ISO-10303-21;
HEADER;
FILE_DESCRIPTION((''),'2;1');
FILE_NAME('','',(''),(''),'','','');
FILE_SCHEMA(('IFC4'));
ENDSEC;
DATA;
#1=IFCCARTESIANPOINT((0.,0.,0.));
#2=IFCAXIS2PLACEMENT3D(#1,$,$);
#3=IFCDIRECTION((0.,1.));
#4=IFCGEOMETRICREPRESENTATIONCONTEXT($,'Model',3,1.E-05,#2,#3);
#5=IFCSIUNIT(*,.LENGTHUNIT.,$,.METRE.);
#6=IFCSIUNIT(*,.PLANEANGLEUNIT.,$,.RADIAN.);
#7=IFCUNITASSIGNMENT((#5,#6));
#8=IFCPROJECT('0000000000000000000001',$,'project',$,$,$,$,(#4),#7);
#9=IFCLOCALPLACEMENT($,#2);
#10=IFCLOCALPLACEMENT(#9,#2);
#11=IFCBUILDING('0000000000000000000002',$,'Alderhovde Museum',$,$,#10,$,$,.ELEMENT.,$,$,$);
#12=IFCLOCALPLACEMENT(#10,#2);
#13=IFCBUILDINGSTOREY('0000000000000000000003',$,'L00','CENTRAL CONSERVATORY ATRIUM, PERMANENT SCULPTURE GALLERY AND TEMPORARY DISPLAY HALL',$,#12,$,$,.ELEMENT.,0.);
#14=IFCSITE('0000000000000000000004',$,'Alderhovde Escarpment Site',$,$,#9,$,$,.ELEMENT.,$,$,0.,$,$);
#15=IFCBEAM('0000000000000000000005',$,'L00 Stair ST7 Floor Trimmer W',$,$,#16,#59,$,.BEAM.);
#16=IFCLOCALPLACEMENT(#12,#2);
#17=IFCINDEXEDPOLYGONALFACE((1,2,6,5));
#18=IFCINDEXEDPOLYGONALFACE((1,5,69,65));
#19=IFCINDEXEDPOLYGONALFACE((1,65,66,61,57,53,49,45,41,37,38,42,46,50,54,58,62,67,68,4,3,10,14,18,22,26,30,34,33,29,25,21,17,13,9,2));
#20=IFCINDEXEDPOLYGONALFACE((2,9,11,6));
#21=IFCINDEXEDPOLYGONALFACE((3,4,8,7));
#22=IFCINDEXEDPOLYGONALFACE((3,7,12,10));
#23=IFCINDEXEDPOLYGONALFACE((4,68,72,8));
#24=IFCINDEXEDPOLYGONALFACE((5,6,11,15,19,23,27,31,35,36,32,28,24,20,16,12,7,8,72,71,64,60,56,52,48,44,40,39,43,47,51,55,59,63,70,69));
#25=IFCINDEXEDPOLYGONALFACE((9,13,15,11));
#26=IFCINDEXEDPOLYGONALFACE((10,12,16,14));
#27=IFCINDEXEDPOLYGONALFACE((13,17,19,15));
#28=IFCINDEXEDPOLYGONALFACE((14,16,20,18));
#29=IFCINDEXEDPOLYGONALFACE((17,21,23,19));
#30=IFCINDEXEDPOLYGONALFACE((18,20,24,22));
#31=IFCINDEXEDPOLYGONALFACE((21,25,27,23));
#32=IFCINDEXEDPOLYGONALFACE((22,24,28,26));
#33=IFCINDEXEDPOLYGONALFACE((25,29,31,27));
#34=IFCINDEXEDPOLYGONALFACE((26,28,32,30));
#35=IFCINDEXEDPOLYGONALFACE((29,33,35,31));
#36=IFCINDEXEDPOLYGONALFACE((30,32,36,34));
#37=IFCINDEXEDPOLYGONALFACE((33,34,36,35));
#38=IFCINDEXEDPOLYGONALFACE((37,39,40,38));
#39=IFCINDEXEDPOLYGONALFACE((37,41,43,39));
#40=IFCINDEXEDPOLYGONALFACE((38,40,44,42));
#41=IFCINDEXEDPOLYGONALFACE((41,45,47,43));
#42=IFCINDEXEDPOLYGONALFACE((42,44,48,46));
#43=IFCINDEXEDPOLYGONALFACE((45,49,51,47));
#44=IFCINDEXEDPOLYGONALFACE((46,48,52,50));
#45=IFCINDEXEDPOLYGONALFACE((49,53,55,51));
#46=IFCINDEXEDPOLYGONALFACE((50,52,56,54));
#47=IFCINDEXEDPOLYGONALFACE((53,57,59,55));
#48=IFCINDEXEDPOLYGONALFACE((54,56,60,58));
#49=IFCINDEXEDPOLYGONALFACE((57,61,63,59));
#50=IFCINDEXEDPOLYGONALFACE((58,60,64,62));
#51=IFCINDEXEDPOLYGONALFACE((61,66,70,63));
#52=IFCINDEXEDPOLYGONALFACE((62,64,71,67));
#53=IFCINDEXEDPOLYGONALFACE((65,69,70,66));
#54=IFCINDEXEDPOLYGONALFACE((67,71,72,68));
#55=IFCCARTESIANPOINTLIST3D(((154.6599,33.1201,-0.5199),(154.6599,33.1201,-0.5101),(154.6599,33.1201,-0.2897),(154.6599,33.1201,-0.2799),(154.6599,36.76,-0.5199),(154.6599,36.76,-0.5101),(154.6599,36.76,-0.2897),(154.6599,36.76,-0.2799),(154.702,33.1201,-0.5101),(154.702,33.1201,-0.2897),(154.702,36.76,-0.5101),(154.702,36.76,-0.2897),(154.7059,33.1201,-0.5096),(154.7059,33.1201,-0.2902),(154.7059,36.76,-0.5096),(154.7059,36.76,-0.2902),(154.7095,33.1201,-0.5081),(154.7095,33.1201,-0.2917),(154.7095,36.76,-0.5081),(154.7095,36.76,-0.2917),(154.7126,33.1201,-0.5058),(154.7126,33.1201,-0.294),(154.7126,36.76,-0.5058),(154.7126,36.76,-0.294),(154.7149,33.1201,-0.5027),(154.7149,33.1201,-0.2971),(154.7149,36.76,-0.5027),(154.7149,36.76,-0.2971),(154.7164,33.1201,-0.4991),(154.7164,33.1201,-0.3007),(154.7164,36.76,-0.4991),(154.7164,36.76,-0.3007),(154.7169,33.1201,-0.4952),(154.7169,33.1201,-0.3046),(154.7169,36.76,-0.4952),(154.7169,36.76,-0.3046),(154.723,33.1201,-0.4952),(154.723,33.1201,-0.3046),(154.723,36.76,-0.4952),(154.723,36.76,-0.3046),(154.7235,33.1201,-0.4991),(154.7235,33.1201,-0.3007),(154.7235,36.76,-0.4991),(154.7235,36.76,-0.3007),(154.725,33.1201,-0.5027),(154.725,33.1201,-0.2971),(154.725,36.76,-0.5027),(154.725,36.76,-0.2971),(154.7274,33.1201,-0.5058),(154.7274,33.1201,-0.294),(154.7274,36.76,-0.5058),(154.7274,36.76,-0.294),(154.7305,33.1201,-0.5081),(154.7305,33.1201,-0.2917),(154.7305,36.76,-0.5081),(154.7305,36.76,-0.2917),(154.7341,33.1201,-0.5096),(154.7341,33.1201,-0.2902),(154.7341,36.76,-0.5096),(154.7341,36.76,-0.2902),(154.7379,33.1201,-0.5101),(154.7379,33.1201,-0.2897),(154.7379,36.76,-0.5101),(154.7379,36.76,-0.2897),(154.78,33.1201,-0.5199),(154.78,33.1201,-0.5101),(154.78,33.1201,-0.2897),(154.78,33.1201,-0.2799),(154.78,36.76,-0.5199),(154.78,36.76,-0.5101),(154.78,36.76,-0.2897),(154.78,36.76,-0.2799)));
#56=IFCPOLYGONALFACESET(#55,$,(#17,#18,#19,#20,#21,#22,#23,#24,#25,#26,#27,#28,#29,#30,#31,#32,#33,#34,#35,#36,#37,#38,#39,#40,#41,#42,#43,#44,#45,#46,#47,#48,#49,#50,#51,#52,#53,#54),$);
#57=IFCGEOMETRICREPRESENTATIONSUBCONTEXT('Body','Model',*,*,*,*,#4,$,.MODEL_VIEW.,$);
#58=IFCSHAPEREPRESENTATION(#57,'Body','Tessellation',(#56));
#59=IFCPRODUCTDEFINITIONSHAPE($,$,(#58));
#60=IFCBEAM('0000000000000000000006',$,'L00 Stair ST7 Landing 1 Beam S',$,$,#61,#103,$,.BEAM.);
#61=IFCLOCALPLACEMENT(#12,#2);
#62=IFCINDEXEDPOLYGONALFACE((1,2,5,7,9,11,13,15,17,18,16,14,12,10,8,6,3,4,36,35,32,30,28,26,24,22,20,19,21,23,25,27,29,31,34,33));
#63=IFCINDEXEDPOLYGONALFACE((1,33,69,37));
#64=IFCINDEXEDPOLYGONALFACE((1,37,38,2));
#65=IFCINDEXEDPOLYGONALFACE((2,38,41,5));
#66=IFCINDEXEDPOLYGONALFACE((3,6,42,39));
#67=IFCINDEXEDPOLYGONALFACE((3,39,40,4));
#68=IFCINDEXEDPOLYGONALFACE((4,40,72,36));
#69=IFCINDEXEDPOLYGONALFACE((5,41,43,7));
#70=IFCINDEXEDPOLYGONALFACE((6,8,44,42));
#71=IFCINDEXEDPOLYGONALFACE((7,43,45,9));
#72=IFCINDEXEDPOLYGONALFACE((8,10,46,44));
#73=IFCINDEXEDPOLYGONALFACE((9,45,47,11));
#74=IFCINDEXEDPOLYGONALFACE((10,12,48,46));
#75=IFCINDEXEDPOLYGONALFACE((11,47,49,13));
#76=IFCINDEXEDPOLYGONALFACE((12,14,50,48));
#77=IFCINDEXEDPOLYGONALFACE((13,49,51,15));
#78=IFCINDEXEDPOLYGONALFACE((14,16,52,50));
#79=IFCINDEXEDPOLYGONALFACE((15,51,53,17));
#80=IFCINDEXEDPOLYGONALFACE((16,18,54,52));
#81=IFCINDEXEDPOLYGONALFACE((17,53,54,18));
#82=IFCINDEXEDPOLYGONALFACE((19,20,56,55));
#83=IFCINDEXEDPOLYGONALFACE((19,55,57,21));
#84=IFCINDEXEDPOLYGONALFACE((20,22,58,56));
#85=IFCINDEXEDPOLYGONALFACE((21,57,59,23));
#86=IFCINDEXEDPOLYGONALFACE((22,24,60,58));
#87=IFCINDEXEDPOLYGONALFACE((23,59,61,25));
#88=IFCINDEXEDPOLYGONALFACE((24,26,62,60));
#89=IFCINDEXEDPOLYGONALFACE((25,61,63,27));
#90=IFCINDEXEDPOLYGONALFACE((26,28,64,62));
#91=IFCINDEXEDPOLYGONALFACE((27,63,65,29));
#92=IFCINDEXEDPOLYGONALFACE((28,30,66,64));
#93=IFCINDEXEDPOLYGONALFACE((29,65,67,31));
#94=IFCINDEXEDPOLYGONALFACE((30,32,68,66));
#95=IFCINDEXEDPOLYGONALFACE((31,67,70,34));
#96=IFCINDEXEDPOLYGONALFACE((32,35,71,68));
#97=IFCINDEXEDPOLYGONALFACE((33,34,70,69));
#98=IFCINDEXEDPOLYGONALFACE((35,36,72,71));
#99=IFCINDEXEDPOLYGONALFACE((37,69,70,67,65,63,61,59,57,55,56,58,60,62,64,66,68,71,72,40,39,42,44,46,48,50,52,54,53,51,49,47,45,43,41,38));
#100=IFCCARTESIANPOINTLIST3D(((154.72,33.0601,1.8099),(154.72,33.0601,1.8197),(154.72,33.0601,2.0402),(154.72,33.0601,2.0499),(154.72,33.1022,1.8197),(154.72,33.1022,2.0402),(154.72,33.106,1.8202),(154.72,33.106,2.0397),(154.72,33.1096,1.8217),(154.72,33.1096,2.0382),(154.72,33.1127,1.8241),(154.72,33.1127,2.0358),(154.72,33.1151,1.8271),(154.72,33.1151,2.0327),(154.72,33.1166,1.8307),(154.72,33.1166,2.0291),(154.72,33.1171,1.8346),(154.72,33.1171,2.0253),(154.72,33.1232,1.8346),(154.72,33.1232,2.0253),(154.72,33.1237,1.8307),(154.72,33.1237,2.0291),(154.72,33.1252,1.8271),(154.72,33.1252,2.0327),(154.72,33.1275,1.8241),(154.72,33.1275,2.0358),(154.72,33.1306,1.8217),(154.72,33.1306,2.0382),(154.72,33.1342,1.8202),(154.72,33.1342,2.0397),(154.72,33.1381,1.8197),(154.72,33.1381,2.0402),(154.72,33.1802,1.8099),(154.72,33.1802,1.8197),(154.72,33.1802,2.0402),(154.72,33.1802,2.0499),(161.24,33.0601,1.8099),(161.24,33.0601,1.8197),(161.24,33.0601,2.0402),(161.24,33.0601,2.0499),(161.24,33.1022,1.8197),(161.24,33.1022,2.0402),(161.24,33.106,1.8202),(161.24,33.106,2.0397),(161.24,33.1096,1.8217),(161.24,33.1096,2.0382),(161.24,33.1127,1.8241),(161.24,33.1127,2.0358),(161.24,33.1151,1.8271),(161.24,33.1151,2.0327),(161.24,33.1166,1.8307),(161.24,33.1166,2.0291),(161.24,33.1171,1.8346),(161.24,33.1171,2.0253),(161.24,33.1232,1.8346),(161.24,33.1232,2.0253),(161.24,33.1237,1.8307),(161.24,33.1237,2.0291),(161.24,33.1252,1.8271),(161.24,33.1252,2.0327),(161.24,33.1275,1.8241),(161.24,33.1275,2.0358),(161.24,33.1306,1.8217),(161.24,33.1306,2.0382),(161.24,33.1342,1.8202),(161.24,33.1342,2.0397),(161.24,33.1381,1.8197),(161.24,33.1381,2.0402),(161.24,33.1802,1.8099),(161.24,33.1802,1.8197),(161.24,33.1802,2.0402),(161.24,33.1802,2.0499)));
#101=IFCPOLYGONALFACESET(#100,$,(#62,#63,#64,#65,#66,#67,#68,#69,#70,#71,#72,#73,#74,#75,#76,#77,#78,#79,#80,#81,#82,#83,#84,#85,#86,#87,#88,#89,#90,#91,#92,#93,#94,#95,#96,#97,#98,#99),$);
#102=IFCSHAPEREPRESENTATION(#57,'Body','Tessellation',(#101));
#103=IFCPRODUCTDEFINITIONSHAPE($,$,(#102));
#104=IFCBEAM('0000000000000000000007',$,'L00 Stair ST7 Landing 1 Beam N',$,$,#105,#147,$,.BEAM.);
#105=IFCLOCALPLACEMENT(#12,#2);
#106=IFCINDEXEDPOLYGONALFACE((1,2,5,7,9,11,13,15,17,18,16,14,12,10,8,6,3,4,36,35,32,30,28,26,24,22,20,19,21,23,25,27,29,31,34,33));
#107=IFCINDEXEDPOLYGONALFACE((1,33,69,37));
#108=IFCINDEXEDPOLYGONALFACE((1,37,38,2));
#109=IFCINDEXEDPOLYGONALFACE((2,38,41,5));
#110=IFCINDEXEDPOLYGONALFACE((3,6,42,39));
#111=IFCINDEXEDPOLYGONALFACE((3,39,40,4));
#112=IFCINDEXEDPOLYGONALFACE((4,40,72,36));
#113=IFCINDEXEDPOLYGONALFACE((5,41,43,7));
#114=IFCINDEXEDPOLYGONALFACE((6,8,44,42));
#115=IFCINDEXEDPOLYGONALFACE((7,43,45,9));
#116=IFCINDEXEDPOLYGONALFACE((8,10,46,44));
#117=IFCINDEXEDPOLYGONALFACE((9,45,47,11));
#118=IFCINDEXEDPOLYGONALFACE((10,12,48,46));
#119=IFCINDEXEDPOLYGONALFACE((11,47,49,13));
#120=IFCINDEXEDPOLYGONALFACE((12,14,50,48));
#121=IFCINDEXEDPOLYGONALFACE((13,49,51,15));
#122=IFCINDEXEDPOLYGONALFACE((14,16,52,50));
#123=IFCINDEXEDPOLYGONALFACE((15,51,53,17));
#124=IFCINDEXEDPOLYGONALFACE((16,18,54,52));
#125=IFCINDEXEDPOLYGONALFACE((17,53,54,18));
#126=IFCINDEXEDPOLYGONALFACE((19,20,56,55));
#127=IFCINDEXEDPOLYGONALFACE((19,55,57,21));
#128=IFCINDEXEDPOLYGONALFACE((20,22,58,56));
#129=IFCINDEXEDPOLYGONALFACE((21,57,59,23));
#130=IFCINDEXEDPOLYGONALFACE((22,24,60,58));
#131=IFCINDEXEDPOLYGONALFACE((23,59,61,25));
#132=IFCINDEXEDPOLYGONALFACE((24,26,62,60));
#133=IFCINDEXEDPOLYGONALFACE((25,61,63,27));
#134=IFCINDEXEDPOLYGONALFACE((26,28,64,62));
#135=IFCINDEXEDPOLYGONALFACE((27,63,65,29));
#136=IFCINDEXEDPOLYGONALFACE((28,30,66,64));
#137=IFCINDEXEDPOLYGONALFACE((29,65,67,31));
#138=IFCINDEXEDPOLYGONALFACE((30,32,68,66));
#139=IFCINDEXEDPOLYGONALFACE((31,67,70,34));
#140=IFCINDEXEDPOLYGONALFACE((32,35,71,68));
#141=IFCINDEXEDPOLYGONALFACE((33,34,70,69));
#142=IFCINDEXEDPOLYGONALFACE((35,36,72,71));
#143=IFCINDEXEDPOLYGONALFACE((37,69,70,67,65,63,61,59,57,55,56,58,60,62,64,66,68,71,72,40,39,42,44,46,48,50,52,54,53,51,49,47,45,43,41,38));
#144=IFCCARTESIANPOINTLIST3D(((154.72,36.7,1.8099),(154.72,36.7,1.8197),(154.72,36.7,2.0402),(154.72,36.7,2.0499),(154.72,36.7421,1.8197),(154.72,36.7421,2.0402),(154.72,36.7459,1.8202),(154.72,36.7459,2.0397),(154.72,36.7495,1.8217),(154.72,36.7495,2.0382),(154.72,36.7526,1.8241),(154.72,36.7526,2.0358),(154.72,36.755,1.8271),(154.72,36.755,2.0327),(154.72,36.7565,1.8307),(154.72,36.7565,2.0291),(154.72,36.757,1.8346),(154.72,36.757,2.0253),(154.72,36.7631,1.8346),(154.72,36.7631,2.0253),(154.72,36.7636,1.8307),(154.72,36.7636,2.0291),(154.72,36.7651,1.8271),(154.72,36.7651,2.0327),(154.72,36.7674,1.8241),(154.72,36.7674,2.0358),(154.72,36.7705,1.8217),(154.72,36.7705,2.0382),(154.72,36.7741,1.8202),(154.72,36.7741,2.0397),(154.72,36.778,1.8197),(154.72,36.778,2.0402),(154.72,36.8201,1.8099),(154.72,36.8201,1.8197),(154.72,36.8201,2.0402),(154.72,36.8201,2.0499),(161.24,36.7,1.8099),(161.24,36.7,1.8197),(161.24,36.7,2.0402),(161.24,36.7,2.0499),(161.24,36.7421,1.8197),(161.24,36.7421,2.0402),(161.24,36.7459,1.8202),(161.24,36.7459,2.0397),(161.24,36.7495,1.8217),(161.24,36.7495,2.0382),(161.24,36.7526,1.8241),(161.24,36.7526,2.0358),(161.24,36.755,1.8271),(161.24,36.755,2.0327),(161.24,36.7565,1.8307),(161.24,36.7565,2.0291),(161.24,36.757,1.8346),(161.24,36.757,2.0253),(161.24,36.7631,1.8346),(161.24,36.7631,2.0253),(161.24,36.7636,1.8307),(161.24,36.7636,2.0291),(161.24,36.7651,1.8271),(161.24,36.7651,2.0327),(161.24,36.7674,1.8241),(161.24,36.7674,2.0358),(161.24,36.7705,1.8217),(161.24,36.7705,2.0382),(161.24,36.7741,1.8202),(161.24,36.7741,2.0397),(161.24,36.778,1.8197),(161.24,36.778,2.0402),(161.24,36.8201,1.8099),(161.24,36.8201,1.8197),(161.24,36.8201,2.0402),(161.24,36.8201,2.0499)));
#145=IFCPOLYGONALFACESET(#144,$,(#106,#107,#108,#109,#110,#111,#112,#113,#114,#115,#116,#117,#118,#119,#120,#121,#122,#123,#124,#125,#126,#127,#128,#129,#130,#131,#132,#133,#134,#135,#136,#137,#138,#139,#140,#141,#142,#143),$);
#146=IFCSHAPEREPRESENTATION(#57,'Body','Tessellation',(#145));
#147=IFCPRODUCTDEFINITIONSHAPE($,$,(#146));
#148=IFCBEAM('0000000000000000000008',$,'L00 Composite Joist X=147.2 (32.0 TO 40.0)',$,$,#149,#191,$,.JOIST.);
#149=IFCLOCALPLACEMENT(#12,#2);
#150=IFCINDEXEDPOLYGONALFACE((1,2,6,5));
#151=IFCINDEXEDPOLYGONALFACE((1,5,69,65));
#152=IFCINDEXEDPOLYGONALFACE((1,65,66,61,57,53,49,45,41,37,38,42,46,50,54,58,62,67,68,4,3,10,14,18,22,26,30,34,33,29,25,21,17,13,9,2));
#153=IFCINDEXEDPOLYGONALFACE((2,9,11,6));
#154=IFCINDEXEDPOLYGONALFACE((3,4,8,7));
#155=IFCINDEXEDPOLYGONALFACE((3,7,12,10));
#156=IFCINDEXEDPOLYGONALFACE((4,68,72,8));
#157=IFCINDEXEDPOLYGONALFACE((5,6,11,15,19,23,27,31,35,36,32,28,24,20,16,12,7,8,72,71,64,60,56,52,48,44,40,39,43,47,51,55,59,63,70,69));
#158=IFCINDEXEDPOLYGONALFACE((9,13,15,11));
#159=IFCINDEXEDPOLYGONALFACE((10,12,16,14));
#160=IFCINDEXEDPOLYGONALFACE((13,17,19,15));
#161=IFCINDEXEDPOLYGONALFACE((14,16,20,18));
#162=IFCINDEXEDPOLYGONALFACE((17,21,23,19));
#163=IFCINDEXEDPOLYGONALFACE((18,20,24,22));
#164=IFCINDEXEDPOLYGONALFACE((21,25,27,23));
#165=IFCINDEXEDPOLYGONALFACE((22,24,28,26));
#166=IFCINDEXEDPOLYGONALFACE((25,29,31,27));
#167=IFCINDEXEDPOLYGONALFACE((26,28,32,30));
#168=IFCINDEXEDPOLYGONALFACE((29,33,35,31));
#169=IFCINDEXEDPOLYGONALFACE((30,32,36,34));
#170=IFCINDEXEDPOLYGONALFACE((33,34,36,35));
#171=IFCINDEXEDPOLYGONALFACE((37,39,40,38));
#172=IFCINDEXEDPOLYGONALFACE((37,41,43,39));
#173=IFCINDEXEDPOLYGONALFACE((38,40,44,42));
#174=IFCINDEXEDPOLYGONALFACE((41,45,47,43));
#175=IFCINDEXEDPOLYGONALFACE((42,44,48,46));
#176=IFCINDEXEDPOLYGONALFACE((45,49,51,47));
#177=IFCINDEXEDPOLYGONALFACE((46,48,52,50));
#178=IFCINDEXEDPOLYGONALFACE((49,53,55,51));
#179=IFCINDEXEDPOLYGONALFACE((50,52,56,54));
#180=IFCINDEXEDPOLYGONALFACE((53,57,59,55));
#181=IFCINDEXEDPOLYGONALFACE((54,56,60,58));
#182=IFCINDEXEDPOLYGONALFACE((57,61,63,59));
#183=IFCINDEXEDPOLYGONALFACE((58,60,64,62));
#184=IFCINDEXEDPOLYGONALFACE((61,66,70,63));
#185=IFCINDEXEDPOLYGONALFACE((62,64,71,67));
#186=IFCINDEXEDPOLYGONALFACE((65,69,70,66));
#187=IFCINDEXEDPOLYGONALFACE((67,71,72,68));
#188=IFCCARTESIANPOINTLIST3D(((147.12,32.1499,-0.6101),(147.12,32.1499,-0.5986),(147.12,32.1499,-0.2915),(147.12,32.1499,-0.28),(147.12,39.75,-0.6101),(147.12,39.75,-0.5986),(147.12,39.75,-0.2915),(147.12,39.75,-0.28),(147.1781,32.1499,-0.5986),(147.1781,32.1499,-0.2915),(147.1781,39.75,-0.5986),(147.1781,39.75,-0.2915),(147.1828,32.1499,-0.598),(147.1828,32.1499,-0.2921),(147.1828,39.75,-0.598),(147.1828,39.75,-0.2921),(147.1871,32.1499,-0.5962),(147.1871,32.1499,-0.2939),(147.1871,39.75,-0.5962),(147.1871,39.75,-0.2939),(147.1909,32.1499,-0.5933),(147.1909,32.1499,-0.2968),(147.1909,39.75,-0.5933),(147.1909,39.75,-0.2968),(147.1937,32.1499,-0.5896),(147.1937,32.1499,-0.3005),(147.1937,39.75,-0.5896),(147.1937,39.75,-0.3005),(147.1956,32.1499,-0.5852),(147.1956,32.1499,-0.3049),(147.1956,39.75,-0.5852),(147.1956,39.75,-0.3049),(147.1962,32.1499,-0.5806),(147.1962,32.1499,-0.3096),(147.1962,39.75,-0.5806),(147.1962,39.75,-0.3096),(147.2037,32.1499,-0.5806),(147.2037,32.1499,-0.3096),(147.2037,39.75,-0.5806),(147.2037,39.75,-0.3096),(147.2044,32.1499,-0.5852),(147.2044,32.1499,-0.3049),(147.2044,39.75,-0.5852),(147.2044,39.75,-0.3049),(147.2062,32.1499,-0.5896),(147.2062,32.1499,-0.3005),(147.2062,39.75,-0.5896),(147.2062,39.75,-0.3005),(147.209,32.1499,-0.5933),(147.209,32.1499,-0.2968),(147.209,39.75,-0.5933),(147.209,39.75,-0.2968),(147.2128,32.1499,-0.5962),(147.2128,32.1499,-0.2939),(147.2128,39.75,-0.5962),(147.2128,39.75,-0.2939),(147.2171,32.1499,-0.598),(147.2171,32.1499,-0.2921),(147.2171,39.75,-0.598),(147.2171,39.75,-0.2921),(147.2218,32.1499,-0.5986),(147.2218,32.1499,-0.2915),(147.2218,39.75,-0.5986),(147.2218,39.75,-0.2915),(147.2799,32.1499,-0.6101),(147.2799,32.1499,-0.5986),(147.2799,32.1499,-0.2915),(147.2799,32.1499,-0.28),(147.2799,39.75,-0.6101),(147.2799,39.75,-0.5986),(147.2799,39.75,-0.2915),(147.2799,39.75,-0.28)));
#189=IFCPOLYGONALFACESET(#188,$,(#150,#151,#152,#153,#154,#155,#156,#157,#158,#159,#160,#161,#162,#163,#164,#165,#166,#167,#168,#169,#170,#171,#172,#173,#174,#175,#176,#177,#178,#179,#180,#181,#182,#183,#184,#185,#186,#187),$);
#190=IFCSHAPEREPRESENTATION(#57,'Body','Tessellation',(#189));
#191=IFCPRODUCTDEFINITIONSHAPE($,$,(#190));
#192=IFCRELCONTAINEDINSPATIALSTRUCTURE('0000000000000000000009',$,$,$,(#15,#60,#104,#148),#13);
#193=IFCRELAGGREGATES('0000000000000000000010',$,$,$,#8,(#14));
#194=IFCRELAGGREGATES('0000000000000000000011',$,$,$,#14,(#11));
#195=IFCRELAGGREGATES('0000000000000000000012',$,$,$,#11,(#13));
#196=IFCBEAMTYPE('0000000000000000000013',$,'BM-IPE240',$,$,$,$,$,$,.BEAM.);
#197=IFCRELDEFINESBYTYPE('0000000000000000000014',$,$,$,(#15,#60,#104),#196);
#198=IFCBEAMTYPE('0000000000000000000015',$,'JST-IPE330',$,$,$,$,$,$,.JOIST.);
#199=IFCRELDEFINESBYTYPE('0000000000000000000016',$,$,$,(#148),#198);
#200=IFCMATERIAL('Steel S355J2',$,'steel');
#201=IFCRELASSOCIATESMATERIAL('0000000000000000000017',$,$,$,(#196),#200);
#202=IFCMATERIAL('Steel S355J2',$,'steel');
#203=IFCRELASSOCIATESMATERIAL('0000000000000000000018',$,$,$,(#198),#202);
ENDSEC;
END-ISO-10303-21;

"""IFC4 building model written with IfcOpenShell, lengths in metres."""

from ifc_helpers import new_model, si_unit, direction, frame, origin, origin_2d, place, context, subcontext, project, spatial, i_section, extrude, material, material_profile, profile_set, type_object, element, save


model = new_model("IFC4")

# Units and contexts
model_context = context("Model", 3, precision=1e-05, world=origin(), true_north=direction((0.0, 1.0)))
body_context = subcontext(model_context, "Body", "Model", "MODEL_VIEW")
ifc_project = project(units=[si_unit("LENGTHUNIT", "METRE"), si_unit("PLANEANGLEUNIT", "RADIAN")], contexts=[model_context])

# Site, building, storey
site_placement = place(None, origin())
site = spatial("IfcSite", under=ifc_project, at=site_placement, Name="Alderhovde Escarpment Site", CompositionType="ELEMENT", RefElevation=0.0)
building_placement = place(site_placement, origin())
building = spatial("IfcBuilding", under=site, at=building_placement, Name="Alderhovde Museum", CompositionType="ELEMENT")
storey_placement = place(building_placement, origin())
storey = spatial("IfcBuildingStorey", under=building, at=storey_placement, Name="L00", Description="CENTRAL CONSERVATORY ATRIUM, PERMANENT SCULPTURE GALLERY AND TEMPORARY DISPLAY HALL", CompositionType="ELEMENT", Elevation=0.0)

# Beams
ifc_material_1 = material(Name="Steel S355J2", Category="steel")
ifc_material_profile_1 = material_profile(ifc_material_1, i_section(OverallWidth=0.1201, OverallDepth=0.24, WebThickness=0.0061, FlangeThickness=0.0098, FilletRadius=0.0149, at=origin_2d()), Name="IPE 240")
ifc_profile_set_1 = profile_set([ifc_material_profile_1], Name="Steel S355J2")
beam_type_1 = type_object("IfcBeamType", Name="BM-IPE240", PredefinedType="BEAM", material=ifc_profile_set_1)
beam_1_placement = place(storey_placement, frame((154.72, 33.1201, -0.3999), z_axis=(0.0, 1.0, 0.0), x_axis=(-1.0, 0.0, 0.0)))
element("IfcBeam", 1, at=beam_1_placement, inside=storey, type_object=beam_type_1, Name="L00 Stair ST7 Floor Trimmer W", PredefinedType="BEAM", context=body_context, shape_type="SweptSolid", body=[
    extrude(i_section(OverallWidth=0.1201, OverallDepth=0.24, WebThickness=0.0061, FlangeThickness=0.0098, FilletRadius=0.0149, at=origin_2d()), origin(), (0.0, 0.0, 1.0), 3.6399),
])
for number, where, z_axis, x_axis, name in (
    (2, (154.72, 33.1201, 1.9299), (1.0, 0.0, 0.0), (0.0, 1.0, 0.0), "L00 Stair ST7 Landing 1 Beam S"),
    (3, (154.72, 36.76, 1.9299), (1.0, 0.0, 0.0), (0.0, 1.0, 0.0), "L00 Stair ST7 Landing 1 Beam N"),
):
    element("IfcBeam", number, at=place(storey_placement, frame(where, z_axis=z_axis, x_axis=x_axis)), inside=storey, type_object=beam_type_1, Name=name, PredefinedType="BEAM", context=body_context, shape_type="SweptSolid", body=[
        extrude(i_section(OverallWidth=0.1201, OverallDepth=0.24, WebThickness=0.0061, FlangeThickness=0.0098, FilletRadius=0.0149, at=origin_2d()), origin(), (0.0, 0.0, 1.0), 6.52),
    ])
ifc_material_2 = material(Name="Steel S355J2", Category="steel")
ifc_material_profile_2 = material_profile(ifc_material_2, i_section(OverallWidth=0.1599, OverallDepth=0.3301, WebThickness=0.0076, FlangeThickness=0.0115, FilletRadius=0.0181, at=origin_2d()), Name="IPE 330")
ifc_profile_set_2 = profile_set([ifc_material_profile_2], Name="Steel S355J2")
beam_type_2 = type_object("IfcBeamType", Name="JST-IPE330", PredefinedType="JOIST", material=ifc_profile_set_2)
for number, where, z_axis, x_axis, name in (
    (4, (147.2, 32.1499, -0.4451), (0.0, 1.0, 0.0), (-1.0, 0.0, 0.0), "L00 Composite Joist X=147.2 (32.0 TO 40.0)"),
):
    element("IfcBeam", number, at=place(storey_placement, frame(where, z_axis=z_axis, x_axis=x_axis)), inside=storey, type_object=beam_type_2, Name=name, PredefinedType="JOIST", context=body_context, shape_type="SweptSolid", body=[
        extrude(i_section(OverallWidth=0.1599, OverallDepth=0.3301, WebThickness=0.0076, FlangeThickness=0.0115, FilletRadius=0.0181, at=origin_2d()), origin(), (0.0, 0.0, 1.0), 7.6001),
    ])

save(model, "model.ifc")
